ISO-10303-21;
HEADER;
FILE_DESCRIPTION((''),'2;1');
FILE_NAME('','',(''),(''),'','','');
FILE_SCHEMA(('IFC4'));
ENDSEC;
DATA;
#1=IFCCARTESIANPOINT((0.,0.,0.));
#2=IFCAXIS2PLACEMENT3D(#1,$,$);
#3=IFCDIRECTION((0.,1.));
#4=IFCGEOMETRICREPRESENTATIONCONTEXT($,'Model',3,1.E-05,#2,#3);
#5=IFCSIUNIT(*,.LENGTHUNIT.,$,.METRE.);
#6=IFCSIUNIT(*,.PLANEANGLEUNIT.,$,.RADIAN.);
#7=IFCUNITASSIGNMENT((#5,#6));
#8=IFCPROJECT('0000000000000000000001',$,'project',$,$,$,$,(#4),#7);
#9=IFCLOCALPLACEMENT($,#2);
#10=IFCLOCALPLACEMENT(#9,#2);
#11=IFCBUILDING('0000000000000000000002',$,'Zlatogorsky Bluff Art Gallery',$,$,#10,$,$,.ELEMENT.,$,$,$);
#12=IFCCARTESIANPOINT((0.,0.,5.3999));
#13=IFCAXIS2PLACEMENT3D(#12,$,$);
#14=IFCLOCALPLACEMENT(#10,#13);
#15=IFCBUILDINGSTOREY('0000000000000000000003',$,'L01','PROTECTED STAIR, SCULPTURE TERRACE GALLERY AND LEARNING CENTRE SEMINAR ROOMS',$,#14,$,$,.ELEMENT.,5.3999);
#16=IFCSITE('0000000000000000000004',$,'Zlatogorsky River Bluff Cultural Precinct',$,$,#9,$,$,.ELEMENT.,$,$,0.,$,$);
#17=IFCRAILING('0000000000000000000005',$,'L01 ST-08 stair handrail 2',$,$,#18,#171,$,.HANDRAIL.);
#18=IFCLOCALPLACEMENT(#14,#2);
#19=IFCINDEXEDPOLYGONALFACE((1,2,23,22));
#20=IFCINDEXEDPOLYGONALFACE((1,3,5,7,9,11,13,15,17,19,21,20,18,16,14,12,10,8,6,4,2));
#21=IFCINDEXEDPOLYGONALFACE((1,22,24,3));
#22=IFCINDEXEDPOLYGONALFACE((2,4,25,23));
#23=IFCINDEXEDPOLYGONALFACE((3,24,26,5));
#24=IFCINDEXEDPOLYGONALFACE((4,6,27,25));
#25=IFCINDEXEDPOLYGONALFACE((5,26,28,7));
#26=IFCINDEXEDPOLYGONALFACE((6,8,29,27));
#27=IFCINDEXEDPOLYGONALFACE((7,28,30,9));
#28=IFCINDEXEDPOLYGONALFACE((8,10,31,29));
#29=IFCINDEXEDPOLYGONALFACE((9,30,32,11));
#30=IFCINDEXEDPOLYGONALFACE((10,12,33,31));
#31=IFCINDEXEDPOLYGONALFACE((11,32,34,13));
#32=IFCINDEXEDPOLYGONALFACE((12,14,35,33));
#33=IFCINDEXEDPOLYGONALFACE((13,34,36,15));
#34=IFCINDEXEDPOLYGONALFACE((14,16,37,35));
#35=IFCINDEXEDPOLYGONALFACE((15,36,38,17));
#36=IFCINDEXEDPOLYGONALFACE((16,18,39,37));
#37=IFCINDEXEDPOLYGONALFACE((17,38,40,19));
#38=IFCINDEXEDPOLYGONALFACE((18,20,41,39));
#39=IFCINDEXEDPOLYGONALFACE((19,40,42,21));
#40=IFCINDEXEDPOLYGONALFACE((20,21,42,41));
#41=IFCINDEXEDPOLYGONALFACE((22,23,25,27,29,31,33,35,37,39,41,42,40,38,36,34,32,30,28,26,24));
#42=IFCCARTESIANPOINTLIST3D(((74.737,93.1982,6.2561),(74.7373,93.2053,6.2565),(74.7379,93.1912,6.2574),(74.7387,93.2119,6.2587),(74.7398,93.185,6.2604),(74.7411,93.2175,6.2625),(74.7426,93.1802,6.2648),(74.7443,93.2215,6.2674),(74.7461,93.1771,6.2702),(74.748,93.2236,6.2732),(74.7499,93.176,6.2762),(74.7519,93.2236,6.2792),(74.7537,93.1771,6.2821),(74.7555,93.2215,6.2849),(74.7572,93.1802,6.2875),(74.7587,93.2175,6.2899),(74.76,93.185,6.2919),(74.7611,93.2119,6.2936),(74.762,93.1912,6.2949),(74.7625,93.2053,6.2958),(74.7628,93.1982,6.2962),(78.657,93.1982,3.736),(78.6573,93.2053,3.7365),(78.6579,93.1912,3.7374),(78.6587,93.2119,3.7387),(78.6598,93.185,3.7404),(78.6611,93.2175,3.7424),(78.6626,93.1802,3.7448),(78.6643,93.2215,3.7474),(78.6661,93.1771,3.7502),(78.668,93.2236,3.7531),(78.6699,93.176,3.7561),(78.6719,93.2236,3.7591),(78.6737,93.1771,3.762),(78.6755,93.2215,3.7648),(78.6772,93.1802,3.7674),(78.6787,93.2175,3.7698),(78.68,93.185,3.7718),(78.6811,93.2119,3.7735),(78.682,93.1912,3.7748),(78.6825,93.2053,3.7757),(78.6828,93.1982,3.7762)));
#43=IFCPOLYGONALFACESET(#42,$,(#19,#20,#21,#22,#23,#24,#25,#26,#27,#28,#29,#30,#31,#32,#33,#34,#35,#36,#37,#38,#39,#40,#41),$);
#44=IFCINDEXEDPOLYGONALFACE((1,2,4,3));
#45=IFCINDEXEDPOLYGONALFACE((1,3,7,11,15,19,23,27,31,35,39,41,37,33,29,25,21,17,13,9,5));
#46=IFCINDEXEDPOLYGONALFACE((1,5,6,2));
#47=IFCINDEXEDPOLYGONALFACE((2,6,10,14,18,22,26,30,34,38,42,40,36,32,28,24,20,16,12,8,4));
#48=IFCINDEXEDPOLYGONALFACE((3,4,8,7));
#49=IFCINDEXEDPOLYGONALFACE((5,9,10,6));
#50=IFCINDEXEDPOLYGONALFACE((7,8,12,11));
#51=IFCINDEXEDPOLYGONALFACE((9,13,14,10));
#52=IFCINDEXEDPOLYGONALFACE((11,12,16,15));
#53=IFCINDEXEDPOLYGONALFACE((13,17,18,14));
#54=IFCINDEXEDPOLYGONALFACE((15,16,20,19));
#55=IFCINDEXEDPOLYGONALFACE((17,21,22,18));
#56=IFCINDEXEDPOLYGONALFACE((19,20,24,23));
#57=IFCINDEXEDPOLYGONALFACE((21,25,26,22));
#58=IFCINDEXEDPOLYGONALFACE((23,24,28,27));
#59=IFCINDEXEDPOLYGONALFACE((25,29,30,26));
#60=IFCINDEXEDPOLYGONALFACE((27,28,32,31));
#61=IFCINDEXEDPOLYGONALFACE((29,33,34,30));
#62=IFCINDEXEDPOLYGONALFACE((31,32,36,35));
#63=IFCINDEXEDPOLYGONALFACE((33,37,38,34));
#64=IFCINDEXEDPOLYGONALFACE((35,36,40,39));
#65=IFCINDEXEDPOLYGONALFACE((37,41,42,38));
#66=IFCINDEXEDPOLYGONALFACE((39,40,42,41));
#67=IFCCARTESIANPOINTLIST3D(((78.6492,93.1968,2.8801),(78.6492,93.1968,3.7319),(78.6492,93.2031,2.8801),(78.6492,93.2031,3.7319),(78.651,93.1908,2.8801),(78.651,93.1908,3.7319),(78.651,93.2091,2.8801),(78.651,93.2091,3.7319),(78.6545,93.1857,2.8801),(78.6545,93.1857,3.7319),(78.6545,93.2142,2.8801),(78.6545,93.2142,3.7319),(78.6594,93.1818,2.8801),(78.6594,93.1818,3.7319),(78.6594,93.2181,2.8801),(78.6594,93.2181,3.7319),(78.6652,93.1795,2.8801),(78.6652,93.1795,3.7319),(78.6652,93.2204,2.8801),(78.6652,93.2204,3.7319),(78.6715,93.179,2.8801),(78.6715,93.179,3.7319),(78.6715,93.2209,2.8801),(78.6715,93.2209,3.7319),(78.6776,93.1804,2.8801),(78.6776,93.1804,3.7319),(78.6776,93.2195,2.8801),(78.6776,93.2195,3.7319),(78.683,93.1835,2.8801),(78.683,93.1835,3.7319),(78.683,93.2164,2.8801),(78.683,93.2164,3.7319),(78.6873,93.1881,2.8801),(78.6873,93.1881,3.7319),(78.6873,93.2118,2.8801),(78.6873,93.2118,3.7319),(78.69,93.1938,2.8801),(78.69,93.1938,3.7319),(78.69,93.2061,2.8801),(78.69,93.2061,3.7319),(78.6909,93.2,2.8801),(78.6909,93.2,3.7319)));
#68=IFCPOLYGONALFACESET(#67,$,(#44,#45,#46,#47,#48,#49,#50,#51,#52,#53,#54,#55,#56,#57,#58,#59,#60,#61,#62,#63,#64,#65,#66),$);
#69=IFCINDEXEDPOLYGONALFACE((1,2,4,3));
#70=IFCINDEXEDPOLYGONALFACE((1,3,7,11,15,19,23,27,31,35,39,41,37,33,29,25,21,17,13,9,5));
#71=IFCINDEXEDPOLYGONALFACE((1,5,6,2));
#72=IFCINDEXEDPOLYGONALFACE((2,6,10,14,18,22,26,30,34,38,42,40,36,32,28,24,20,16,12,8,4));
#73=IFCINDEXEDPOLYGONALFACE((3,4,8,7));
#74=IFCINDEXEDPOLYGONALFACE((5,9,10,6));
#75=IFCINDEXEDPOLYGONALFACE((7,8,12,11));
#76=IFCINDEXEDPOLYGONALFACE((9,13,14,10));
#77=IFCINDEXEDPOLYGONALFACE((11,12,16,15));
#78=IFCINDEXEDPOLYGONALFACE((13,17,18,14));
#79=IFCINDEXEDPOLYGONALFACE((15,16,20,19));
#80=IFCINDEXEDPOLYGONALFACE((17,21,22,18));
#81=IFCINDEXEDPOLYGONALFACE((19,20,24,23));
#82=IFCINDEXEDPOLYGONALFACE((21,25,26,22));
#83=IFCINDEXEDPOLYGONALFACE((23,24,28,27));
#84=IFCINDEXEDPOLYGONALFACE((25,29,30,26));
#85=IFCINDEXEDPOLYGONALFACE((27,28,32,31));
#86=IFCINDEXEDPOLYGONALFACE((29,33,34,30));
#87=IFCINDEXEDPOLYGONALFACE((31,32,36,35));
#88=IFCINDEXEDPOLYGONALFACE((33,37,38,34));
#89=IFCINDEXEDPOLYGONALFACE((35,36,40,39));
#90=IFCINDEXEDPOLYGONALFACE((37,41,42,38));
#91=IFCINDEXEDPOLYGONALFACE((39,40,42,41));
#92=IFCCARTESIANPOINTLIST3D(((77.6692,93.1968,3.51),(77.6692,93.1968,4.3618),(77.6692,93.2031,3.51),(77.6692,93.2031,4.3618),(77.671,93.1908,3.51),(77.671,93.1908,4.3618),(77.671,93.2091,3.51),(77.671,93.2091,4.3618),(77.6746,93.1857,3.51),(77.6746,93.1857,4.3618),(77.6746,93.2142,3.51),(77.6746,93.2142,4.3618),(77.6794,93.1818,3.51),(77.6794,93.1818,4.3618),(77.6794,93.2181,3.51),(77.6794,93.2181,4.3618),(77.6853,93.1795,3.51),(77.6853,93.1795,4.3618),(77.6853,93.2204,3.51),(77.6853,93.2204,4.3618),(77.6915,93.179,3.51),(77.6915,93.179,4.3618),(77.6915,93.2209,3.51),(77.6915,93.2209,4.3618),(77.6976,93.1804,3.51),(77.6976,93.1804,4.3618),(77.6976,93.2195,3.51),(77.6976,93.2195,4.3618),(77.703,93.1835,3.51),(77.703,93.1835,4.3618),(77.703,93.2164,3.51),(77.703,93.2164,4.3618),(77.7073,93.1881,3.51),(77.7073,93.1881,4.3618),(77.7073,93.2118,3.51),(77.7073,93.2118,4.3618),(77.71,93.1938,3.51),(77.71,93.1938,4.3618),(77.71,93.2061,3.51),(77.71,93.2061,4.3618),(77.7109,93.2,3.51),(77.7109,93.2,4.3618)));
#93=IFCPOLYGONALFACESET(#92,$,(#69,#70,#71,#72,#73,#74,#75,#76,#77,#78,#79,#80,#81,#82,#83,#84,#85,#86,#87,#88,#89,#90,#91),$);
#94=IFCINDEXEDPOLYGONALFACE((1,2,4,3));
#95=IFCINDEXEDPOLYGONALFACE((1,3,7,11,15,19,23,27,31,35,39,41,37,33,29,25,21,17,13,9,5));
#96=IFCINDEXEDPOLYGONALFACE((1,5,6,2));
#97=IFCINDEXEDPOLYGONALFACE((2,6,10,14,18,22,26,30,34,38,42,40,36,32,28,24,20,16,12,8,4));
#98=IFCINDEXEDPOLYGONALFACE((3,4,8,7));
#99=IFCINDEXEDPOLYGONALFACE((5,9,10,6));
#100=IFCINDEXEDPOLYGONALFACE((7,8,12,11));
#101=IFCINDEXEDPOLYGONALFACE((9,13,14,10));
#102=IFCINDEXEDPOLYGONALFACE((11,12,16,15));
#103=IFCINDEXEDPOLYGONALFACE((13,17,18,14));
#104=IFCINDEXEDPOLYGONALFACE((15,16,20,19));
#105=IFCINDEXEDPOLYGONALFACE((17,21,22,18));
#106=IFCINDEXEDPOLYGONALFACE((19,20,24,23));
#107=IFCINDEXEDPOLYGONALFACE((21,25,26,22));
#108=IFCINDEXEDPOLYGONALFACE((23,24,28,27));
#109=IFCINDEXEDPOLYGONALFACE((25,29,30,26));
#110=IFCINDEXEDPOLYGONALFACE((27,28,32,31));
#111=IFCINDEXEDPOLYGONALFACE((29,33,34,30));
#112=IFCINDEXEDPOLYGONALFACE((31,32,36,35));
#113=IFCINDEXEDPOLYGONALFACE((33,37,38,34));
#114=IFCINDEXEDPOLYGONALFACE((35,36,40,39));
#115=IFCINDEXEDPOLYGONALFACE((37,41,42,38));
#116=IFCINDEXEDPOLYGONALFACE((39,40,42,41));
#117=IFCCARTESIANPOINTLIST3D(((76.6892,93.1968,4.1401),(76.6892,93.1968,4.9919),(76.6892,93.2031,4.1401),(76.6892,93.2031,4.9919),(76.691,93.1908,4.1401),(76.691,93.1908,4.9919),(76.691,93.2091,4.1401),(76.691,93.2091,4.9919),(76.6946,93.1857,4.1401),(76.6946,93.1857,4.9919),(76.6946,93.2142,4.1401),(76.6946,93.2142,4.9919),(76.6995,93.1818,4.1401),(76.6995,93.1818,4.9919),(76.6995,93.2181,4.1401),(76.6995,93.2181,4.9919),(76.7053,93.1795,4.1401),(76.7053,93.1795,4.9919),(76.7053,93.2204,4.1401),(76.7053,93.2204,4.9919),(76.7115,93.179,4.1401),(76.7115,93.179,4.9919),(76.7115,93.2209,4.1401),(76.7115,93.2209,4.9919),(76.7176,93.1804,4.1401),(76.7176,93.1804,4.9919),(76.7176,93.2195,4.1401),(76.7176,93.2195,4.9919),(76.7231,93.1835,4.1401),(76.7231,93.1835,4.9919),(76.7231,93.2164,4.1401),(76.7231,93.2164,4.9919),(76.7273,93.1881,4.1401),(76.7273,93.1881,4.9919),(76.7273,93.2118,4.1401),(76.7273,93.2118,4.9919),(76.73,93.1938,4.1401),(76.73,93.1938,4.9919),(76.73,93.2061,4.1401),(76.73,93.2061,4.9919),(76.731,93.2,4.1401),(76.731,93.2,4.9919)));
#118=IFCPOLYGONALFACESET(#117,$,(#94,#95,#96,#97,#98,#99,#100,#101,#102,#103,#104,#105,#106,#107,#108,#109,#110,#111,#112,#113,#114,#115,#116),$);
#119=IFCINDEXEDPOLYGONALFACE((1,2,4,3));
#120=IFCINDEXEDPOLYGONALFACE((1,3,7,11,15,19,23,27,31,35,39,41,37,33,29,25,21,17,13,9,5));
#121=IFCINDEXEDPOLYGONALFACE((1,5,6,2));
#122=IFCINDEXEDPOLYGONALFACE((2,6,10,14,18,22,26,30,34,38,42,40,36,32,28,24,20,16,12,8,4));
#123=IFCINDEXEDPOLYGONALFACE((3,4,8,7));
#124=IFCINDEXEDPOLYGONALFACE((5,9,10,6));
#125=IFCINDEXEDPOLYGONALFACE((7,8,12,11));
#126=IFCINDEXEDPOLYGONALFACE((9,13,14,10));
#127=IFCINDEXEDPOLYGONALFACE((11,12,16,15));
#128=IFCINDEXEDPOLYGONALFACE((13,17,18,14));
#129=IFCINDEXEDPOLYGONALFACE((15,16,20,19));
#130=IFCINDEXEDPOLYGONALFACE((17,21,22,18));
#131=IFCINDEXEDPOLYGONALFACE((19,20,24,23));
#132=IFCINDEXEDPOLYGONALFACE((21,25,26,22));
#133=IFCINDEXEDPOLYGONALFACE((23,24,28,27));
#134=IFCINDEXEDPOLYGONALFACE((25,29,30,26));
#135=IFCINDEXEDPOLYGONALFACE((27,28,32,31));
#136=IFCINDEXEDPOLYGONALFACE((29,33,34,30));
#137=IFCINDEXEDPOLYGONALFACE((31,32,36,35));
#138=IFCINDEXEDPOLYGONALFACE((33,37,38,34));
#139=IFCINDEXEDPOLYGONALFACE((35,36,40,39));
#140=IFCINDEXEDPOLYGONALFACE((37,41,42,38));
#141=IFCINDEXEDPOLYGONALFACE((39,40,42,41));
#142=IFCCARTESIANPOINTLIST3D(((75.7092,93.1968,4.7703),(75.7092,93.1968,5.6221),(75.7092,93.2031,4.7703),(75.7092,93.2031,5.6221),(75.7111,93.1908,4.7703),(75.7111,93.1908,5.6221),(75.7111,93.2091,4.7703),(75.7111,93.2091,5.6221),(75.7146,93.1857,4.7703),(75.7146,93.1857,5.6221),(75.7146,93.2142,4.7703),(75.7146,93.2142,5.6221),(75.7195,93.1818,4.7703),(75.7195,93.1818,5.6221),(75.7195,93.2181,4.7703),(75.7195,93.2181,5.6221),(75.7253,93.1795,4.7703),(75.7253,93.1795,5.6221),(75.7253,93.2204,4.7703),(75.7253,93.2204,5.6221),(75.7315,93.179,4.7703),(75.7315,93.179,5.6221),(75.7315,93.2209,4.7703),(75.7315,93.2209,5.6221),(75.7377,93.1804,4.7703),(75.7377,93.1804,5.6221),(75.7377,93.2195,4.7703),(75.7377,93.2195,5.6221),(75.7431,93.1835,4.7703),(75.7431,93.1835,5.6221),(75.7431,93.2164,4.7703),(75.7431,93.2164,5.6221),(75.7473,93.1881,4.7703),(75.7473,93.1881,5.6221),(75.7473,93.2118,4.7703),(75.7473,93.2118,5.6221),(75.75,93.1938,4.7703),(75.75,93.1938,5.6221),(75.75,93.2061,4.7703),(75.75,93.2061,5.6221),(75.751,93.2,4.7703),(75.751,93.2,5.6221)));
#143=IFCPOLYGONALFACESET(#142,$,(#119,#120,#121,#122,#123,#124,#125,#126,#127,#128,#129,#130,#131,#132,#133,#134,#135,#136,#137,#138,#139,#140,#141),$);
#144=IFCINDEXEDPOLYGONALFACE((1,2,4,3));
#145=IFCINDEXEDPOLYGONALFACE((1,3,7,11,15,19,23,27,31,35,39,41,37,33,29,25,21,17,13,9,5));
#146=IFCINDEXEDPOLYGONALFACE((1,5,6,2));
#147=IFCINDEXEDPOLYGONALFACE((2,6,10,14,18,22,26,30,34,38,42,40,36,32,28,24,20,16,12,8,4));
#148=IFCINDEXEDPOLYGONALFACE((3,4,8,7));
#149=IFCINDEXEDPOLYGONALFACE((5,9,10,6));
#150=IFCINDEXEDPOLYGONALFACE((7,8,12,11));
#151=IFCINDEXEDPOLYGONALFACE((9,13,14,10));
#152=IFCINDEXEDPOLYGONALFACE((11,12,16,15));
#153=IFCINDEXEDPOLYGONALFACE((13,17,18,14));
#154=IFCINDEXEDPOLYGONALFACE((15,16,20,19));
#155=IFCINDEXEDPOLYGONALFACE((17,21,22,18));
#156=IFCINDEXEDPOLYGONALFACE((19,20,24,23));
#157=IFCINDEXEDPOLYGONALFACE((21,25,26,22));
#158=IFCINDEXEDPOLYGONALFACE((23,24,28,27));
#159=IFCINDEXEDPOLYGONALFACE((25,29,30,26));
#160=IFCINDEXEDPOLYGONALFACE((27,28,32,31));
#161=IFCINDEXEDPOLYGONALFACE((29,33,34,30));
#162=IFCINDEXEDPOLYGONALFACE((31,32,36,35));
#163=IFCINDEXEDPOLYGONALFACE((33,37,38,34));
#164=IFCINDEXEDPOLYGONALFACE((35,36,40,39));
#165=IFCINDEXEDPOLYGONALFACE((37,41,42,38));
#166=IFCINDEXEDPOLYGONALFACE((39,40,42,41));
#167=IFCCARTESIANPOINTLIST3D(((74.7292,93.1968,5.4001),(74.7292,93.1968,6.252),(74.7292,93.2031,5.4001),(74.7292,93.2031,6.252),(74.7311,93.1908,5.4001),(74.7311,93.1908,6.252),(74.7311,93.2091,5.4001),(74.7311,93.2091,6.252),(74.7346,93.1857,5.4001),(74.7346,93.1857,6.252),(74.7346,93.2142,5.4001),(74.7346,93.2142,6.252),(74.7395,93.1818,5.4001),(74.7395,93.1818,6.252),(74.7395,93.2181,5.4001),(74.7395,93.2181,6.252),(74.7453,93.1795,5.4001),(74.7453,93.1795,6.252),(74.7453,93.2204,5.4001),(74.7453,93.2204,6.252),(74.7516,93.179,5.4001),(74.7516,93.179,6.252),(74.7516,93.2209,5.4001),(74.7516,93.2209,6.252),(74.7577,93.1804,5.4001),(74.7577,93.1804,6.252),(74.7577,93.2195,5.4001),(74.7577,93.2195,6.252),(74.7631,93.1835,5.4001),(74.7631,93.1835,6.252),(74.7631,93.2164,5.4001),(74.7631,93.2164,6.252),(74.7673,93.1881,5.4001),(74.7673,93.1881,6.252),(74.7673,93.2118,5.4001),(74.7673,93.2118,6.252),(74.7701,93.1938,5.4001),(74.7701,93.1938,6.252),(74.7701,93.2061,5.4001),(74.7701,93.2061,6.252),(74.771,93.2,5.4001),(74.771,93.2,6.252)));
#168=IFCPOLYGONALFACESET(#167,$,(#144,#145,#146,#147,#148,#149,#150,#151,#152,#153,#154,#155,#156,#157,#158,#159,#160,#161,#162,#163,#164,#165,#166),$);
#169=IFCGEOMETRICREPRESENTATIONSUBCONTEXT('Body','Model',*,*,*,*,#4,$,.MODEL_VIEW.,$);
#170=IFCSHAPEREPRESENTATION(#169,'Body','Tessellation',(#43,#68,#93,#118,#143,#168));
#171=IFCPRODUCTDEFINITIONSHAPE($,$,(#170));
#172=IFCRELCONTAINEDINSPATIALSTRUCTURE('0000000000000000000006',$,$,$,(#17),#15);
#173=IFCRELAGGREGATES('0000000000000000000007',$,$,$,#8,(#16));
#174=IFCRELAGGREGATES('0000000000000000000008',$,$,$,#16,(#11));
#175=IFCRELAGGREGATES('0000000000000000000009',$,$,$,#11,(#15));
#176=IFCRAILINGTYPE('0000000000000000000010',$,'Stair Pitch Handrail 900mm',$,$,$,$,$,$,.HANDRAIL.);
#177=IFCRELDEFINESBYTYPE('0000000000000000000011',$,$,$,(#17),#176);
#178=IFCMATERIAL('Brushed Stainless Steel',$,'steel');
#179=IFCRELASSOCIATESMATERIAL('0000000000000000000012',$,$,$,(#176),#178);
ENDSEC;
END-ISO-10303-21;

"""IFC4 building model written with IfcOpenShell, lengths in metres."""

from ifc_helpers import new_model, si_unit, direction, frame, origin, origin_2d, place, context, subcontext, project, spatial, circle, extrude, material, type_object, element, save


model = new_model("IFC4")

# Units and contexts
model_context = context("Model", 3, precision=1e-05, world=origin(), true_north=direction((0.0, 1.0)))
body_context = subcontext(model_context, "Body", "Model", "MODEL_VIEW")
ifc_project = project(units=[si_unit("LENGTHUNIT", "METRE"), si_unit("PLANEANGLEUNIT", "RADIAN")], contexts=[model_context])

# Site, building, storey
site_placement = place(None, origin())
site = spatial("IfcSite", under=ifc_project, at=site_placement, Name="Zlatogorsky River Bluff Cultural Precinct", CompositionType="ELEMENT", RefElevation=0.0)
building_placement = place(site_placement, origin())
building = spatial("IfcBuilding", under=site, at=building_placement, Name="Zlatogorsky Bluff Art Gallery", CompositionType="ELEMENT")
storey_placement = place(building_placement, frame((0.0, 0.0, 5.3999)))
storey = spatial("IfcBuildingStorey", under=building, at=storey_placement, Name="L01", Description="PROTECTED STAIR, SCULPTURE TERRACE GALLERY AND LEARNING CENTRE SEMINAR ROOMS", CompositionType="ELEMENT", Elevation=5.3999)

# Railing
ifc_material_1 = material(Name="Brushed Stainless Steel", Category="steel")
railing_type_1 = type_object("IfcRailingType", Name="Stair Pitch Handrail 900mm", PredefinedType="HANDRAIL", material=ifc_material_1)
railing_1_placement = place(storey_placement, frame((78.6699, 93.2, 2.8801)))
element("IfcRailing", 1, at=railing_1_placement, inside=storey, type_object=railing_type_1, Name="L01 ST-08 stair handrail 2", PredefinedType="HANDRAIL", context=body_context, shape_type="SweptSolid", body=[
    extrude(circle(Radius=0.0239, at=origin_2d()), frame((0.0, 0.0, 0.876), z_axis=(-0.841172, 0.0, 0.540768), x_axis=(0.0, -1.0, 0.0)), (0.0, 0.0, 1.0), 4.6602),
    extrude(circle(Radius=0.021, at=origin_2d()), origin(), (0.0, 0.0, 1.0), 0.8518),
    extrude(circle(Radius=0.021, at=origin_2d()), frame((-0.98, 0.0, 0.6299)), (0.0, 0.0, 1.0), 0.8518),
    extrude(circle(Radius=0.021, at=origin_2d()), frame((-1.96, 0.0, 1.26)), (0.0, 0.0, 1.0), 0.8518),
    extrude(circle(Radius=0.021, at=origin_2d()), frame((-2.9399, 0.0, 1.8901)), (0.0, 0.0, 1.0), 0.8518),
    extrude(circle(Radius=0.021, at=origin_2d()), frame((-3.9199, 0.0, 2.52)), (0.0, 0.0, 1.0), 0.8518),
])

save(model, "model.ifc")
